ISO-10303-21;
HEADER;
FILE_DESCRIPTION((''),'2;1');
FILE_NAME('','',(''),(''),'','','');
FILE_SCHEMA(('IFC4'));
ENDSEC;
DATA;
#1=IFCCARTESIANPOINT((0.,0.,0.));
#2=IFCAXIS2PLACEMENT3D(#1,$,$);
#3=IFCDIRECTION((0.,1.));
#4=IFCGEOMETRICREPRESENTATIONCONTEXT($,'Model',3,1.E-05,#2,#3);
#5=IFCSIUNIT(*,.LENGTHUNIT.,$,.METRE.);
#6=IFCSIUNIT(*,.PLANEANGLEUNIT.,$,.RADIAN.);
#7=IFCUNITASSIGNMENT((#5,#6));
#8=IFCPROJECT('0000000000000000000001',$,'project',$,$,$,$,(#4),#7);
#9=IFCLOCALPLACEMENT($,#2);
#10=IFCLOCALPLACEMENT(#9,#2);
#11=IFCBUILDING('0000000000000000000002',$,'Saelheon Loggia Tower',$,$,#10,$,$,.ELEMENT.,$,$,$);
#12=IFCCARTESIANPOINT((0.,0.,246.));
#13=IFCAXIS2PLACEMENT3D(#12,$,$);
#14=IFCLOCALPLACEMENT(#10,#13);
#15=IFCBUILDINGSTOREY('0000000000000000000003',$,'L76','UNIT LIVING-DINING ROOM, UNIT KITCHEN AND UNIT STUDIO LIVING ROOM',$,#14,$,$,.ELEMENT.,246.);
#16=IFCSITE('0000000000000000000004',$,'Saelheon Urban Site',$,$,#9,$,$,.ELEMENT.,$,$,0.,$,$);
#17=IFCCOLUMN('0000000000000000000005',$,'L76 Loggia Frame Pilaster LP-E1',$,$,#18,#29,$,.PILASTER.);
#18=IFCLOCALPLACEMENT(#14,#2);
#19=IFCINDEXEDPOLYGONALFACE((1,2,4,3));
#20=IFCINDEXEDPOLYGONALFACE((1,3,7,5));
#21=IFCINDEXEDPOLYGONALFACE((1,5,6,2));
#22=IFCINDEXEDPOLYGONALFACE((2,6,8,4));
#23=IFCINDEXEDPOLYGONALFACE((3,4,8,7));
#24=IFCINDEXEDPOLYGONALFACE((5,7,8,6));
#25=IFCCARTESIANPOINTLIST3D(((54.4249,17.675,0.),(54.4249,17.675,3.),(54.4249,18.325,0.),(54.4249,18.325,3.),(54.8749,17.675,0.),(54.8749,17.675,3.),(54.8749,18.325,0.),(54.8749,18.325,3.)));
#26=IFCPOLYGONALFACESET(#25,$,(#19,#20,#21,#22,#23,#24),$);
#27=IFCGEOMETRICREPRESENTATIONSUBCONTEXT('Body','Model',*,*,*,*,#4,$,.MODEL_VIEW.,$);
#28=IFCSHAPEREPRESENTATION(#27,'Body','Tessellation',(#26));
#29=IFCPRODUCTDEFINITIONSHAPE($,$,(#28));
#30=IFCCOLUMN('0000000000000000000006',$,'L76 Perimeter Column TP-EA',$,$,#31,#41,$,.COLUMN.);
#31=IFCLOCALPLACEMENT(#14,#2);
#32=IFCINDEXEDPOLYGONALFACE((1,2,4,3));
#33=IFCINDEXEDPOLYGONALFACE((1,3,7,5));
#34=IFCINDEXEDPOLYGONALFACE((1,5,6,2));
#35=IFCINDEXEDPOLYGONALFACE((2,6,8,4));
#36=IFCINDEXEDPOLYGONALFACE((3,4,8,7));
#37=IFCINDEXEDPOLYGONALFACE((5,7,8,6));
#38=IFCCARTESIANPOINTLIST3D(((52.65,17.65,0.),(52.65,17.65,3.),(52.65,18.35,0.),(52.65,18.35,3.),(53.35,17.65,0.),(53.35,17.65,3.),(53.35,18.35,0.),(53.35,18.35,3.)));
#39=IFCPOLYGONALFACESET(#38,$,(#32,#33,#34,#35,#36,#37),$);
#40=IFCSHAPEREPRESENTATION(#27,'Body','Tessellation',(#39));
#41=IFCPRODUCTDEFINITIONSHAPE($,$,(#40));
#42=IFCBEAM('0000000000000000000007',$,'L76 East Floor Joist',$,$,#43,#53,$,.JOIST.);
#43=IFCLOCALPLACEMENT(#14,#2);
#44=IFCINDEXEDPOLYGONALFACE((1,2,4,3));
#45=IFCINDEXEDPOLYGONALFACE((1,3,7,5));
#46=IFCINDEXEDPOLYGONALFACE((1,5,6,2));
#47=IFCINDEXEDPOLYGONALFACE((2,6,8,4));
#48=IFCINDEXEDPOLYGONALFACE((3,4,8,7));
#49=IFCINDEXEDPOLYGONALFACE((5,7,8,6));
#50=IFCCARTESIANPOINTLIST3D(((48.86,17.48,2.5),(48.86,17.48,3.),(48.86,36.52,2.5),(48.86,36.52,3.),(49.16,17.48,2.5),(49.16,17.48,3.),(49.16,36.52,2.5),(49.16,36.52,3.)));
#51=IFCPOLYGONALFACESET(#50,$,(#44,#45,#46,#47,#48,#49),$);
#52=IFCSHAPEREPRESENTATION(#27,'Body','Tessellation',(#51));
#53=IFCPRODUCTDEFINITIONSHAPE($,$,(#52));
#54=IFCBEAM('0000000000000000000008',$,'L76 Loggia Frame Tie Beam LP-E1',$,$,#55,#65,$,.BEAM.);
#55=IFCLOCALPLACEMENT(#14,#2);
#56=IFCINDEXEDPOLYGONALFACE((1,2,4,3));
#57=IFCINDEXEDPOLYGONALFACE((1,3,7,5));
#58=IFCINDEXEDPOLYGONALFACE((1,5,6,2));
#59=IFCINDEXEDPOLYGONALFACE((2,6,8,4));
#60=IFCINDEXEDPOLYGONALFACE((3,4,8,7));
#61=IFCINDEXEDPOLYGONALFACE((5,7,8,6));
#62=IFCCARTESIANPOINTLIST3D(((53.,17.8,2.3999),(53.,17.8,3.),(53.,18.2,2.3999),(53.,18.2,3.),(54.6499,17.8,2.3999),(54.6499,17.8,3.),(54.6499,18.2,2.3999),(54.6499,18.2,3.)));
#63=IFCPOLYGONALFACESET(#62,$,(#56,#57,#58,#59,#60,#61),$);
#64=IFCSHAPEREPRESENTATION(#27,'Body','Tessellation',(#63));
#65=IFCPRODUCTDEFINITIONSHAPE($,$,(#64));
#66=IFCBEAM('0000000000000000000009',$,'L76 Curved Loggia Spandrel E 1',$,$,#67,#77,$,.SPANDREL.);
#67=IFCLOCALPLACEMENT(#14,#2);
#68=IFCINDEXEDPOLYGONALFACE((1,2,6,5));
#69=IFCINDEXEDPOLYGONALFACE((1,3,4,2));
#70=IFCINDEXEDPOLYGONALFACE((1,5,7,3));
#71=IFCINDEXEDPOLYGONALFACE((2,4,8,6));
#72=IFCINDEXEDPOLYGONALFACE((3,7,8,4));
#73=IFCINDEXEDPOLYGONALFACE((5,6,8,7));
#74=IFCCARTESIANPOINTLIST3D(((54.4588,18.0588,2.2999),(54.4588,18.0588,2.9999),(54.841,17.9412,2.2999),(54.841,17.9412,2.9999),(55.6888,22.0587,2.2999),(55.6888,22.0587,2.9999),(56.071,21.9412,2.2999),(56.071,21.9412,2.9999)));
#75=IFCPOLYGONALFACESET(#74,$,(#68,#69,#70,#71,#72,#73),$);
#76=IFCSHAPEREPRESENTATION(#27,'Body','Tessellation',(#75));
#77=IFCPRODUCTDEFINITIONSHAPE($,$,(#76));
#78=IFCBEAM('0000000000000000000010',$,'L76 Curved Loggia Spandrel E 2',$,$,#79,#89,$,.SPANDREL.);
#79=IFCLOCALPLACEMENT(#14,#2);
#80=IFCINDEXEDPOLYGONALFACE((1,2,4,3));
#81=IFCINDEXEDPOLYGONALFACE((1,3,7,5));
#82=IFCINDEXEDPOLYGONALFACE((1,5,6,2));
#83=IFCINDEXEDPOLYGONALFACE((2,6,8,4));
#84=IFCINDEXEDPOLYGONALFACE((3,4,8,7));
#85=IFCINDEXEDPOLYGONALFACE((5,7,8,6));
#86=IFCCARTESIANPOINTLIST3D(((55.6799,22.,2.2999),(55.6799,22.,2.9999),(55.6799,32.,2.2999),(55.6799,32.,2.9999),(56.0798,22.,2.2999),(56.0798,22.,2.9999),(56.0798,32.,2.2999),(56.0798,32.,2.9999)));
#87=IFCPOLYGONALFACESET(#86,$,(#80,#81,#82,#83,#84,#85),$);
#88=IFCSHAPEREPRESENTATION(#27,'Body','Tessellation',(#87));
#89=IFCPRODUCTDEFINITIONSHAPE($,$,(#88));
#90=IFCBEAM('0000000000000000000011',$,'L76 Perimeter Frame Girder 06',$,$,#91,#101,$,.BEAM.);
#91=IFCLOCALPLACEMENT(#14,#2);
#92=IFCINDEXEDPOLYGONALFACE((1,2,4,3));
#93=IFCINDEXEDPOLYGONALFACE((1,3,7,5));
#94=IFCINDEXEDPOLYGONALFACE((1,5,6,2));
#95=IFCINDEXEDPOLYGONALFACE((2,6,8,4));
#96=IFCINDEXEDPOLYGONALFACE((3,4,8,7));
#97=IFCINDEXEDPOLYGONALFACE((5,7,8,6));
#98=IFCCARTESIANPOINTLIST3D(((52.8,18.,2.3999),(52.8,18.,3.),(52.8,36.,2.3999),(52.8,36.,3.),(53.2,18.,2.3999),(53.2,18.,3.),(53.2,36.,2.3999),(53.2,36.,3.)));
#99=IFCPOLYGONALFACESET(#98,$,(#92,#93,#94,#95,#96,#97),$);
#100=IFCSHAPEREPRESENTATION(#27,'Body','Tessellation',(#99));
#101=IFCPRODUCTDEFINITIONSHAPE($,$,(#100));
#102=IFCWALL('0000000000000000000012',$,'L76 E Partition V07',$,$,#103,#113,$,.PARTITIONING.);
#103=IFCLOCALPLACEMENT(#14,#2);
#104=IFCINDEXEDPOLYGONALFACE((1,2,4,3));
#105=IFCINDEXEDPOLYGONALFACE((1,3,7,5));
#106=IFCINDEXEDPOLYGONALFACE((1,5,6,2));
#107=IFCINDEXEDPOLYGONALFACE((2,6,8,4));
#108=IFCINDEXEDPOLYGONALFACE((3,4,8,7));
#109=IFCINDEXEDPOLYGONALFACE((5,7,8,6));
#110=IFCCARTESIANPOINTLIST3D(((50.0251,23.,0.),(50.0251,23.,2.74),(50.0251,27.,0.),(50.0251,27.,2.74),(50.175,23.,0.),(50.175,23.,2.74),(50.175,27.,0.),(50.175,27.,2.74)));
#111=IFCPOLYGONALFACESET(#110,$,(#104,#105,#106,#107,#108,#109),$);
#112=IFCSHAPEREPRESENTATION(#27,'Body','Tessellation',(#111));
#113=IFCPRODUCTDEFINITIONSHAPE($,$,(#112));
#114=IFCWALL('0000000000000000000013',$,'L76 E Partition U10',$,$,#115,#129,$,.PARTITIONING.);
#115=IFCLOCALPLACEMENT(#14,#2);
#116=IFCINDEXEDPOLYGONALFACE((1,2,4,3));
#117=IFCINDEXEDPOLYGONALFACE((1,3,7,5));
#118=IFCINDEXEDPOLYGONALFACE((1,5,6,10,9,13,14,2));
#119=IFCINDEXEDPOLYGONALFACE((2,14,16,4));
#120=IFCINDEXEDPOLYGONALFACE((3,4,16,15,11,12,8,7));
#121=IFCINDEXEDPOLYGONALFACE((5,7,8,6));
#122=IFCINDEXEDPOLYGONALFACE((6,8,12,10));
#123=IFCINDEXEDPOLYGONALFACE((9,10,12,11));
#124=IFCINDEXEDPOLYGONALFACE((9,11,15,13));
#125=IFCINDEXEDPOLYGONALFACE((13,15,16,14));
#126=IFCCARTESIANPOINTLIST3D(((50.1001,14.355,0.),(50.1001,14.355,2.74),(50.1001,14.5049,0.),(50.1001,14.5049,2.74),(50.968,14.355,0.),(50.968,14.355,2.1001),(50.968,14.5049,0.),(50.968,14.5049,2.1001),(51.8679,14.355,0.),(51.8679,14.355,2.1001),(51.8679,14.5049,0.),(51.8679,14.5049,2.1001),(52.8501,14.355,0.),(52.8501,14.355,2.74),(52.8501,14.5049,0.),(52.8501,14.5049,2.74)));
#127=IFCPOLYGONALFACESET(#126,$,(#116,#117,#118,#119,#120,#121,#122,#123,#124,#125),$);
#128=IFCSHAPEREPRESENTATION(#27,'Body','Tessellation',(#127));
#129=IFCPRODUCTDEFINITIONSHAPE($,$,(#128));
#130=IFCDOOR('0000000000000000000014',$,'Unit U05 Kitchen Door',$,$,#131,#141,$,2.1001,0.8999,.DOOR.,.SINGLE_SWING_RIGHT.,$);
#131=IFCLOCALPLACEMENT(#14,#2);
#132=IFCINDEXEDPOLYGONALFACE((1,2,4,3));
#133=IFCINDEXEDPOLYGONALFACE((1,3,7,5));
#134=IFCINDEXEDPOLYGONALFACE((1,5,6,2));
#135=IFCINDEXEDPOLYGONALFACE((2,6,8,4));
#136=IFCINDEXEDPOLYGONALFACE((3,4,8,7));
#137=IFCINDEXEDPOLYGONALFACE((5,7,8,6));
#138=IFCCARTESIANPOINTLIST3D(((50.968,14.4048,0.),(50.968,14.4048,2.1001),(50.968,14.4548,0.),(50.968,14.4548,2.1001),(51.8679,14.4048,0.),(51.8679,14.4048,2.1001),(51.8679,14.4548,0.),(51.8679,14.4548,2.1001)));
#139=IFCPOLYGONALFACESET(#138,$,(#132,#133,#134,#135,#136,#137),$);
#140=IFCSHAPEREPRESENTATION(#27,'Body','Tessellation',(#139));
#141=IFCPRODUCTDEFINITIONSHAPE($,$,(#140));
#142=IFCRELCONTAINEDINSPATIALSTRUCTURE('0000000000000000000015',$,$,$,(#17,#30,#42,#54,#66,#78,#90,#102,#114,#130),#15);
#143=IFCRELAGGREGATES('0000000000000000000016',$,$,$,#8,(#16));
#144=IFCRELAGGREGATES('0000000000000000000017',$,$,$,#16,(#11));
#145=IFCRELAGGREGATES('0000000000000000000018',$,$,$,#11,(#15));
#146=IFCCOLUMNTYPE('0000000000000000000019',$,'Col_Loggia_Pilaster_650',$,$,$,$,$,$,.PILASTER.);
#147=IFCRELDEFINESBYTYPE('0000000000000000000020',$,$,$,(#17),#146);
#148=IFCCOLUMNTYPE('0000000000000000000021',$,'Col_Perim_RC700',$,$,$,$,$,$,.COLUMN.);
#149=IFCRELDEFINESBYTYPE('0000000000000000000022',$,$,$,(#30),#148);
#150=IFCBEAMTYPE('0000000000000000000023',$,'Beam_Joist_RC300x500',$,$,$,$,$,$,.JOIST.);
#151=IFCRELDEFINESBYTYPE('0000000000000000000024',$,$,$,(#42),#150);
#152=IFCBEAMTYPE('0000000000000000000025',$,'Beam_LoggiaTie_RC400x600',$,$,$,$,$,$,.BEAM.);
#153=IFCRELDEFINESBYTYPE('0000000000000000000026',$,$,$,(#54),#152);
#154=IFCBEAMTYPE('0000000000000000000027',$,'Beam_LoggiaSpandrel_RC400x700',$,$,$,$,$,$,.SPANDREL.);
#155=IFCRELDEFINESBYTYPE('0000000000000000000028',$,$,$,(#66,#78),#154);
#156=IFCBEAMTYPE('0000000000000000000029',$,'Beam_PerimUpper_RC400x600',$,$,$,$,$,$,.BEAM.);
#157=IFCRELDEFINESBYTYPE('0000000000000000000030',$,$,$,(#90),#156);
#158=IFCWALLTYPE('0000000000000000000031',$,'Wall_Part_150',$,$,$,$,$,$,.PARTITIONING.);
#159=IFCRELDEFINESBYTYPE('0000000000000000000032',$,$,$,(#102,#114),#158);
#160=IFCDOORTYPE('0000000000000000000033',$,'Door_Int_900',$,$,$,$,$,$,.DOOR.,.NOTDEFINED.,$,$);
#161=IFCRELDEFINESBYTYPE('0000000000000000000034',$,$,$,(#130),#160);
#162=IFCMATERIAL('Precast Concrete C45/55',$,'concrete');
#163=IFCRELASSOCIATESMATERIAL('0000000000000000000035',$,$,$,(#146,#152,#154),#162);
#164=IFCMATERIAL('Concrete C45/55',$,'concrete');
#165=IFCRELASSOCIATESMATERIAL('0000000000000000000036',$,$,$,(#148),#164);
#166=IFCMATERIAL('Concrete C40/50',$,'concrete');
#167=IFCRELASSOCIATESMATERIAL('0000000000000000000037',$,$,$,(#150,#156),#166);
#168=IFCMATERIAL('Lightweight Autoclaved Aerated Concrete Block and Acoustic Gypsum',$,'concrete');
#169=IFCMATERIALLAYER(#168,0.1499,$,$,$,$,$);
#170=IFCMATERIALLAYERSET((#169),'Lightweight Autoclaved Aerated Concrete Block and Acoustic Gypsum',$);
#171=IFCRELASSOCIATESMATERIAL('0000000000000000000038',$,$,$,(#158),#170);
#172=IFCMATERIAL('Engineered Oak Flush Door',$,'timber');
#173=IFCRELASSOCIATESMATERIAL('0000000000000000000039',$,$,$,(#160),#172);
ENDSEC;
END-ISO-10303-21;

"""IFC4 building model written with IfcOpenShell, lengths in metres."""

from ifc_helpers import new_model, si_unit, direction, frame, frame_2d, origin, origin_2d, place, context, subcontext, project, spatial, rectangle, extrude, source, transform, mapped, material, layer, layer_set, material_profile, profile_set, type_object, element, fill, save


model = new_model("IFC4")

# Units and contexts
model_context = context("Model", 3, precision=1e-05, world=origin(), true_north=direction((0.0, 1.0)))
body_context = subcontext(model_context, "Body", "Model", "MODEL_VIEW")
ifc_project = project(units=[si_unit("LENGTHUNIT", "METRE"), si_unit("PLANEANGLEUNIT", "RADIAN")], contexts=[model_context])

# Site, building, storey
site_placement = place(None, origin())
site = spatial("IfcSite", under=ifc_project, at=site_placement, Name="Saelheon Urban Site", CompositionType="ELEMENT", RefElevation=0.0)
building_placement = place(site_placement, origin())
building = spatial("IfcBuilding", under=site, at=building_placement, Name="Saelheon Loggia Tower", CompositionType="ELEMENT")
storey_placement = place(building_placement, frame((0.0, 0.0, 246.0)))
storey = spatial("IfcBuildingStorey", under=building, at=storey_placement, Name="L76", Description="UNIT LIVING-DINING ROOM, UNIT KITCHEN AND UNIT STUDIO LIVING ROOM", CompositionType="ELEMENT", Elevation=246.0)

# Columns
ifc_material_1 = material(Name="Precast Concrete C45/55", Category="concrete")
ifc_material_profile_1 = material_profile(ifc_material_1, rectangle(XDim=0.45, YDim=0.6499, at=origin_2d()), Name="RC-450x650")
ifc_profile_set_1 = profile_set([ifc_material_profile_1], Name="Precast Concrete C45/55")
column_type_1 = type_object("IfcColumnType", Name="Col_Loggia_Pilaster_650", PredefinedType="PILASTER", material=ifc_profile_set_1)
shared_shape_1 = source(origin(), body_context, "Body", "SweptSolid", [
    extrude(rectangle(XDim=0.45, YDim=0.6499, at=origin_2d()), origin(), (0.0, 0.0, 1.0), 3.0),
])
column_1_placement = place(storey_placement, frame((54.6499, 18.0, 0.0), z_axis=(0.0, 0.0, 1.0), x_axis=(1.0, 0.0, 0.0)))
element("IfcColumn", 1, at=column_1_placement, inside=storey, type_object=column_type_1, Name="L76 Loggia Frame Pilaster LP-E1", PredefinedType="PILASTER", context=body_context, shape_type="MappedRepresentation", body=[
    mapped(shared_shape_1, transform((0.0, 0.0, 0.0), scale=1.0)),
])
ifc_material_2 = material(Name="Concrete C45/55", Category="concrete")
ifc_material_profile_2 = material_profile(ifc_material_2, rectangle(XDim=0.7, YDim=0.7, at=origin_2d()), Name="RC-700x700")
ifc_profile_set_2 = profile_set([ifc_material_profile_2], Name="Concrete C45/55")
column_type_2 = type_object("IfcColumnType", Name="Col_Perim_RC700", PredefinedType="COLUMN", material=ifc_profile_set_2)
shared_shape_2 = source(origin(), body_context, "Body", "SweptSolid", [
    extrude(rectangle(XDim=0.7, YDim=0.7, at=origin_2d()), origin(), (0.0, 0.0, 1.0), 3.0),
])
column_2_placement = place(storey_placement, frame((53.0, 18.0, 0.0), z_axis=(0.0, 0.0, 1.0), x_axis=(1.0, 0.0, 0.0)))
element("IfcColumn", 2, at=column_2_placement, inside=storey, type_object=column_type_2, Name="L76 Perimeter Column TP-EA", PredefinedType="COLUMN", context=body_context, shape_type="MappedRepresentation", body=[
    mapped(shared_shape_2, transform((0.0, 0.0, 0.0), scale=1.0)),
])

# Beams
ifc_material_3 = material(Name="Concrete C40/50", Category="concrete")
ifc_material_profile_3 = material_profile(ifc_material_3, rectangle(XDim=0.3, YDim=0.5, at=origin_2d()), Name="RC-300x500")
ifc_profile_set_3 = profile_set([ifc_material_profile_3], Name="Concrete C40/50")
beam_type_1 = type_object("IfcBeamType", Name="Beam_Joist_RC300x500", PredefinedType="JOIST", material=ifc_profile_set_3)
shared_shape_3 = source(origin(), body_context, "Body", "SweptSolid", [
    extrude(rectangle(XDim=0.3, YDim=0.5, at=origin_2d()), origin(), (0.0, 0.0, 1.0), 19.04),
])
beam_1_placement = place(storey_placement, frame((49.01, 17.48, 2.75), z_axis=(0.0, 1.0, 0.0), x_axis=(-1.0, 0.0, 0.0)))
element("IfcBeam", 3, at=beam_1_placement, inside=storey, type_object=beam_type_1, Name="L76 East Floor Joist", PredefinedType="JOIST", context=body_context, shape_type="MappedRepresentation", body=[
    mapped(shared_shape_3, transform((0.0, 0.0, 0.0), scale=1.0)),
])
ifc_material_profile_4 = material_profile(ifc_material_1, rectangle(XDim=0.3999, YDim=0.6001, at=origin_2d()), Name="RC-400x600")
ifc_profile_set_4 = profile_set([ifc_material_profile_4], Name="Precast Concrete C45/55")
beam_type_2 = type_object("IfcBeamType", Name="Beam_LoggiaTie_RC400x600", PredefinedType="BEAM", material=ifc_profile_set_4)
shared_shape_4 = source(origin(), body_context, "Body", "SweptSolid", [
    extrude(rectangle(XDim=0.3999, YDim=0.6001, at=origin_2d()), origin(), (0.0, 0.0, 1.0), 1.6499),
])
beam_2_placement = place(storey_placement, frame((53.0, 18.0, 2.7), z_axis=(1.0, 0.0, 0.0), x_axis=(0.0, 1.0, 0.0)))
element("IfcBeam", 4, at=beam_2_placement, inside=storey, type_object=beam_type_2, Name="L76 Loggia Frame Tie Beam LP-E1", PredefinedType="BEAM", context=body_context, shape_type="MappedRepresentation", body=[
    mapped(shared_shape_4, transform((0.0, 0.0, 0.0), scale=1.0)),
])
ifc_material_profile_5 = material_profile(ifc_material_1, rectangle(XDim=0.3999, YDim=0.7, at=origin_2d()), Name="RC-400x700")
ifc_profile_set_5 = profile_set([ifc_material_profile_5], Name="Precast Concrete C45/55")
beam_type_3 = type_object("IfcBeamType", Name="Beam_LoggiaSpandrel_RC400x700", PredefinedType="SPANDREL", material=ifc_profile_set_5)
shared_shape_5 = source(origin(), body_context, "Body", "SweptSolid", [
    extrude(rectangle(XDim=0.3999, YDim=0.7, at=origin_2d()), origin(), (0.0, 0.0, 1.0), 4.1848),
])
beam_3_placement = place(storey_placement, frame((54.6499, 18.0, 2.6499), z_axis=(0.293914, 0.955832, 0.0), x_axis=(-0.955832, 0.293914, 0.0)))
element("IfcBeam", 5, at=beam_3_placement, inside=storey, type_object=beam_type_3, Name="L76 Curved Loggia Spandrel E 1", PredefinedType="SPANDREL", context=body_context, shape_type="MappedRepresentation", body=[
    mapped(shared_shape_5, transform((0.0, 0.0, 0.0), scale=1.0)),
])
shared_shape_6 = source(origin(), body_context, "Body", "SweptSolid", [
    extrude(rectangle(XDim=0.3999, YDim=0.7, at=origin_2d()), origin(), (0.0, 0.0, 1.0), 10.0),
])
beam_4_placement = place(storey_placement, frame((55.8799, 22.0, 2.6499), z_axis=(0.0, 1.0, 0.0), x_axis=(-1.0, 0.0, 0.0)))
element("IfcBeam", 6, at=beam_4_placement, inside=storey, type_object=beam_type_3, Name="L76 Curved Loggia Spandrel E 2", PredefinedType="SPANDREL", context=body_context, shape_type="MappedRepresentation", body=[
    mapped(shared_shape_6, transform((0.0, 0.0, 0.0), scale=1.0)),
])
ifc_material_profile_6 = material_profile(ifc_material_3, rectangle(XDim=0.3999, YDim=0.6001, at=origin_2d()), Name="RC-400x600")
ifc_profile_set_6 = profile_set([ifc_material_profile_6], Name="Concrete C40/50")
beam_type_4 = type_object("IfcBeamType", Name="Beam_PerimUpper_RC400x600", PredefinedType="BEAM", material=ifc_profile_set_6)
shared_shape_7 = source(origin(), body_context, "Body", "SweptSolid", [
    extrude(rectangle(XDim=0.3999, YDim=0.6001, at=origin_2d()), origin(), (0.0, 0.0, 1.0), 18.0),
])
beam_5_placement = place(storey_placement, frame((53.0, 18.0, 2.7), z_axis=(0.0, 1.0, 0.0), x_axis=(-1.0, 0.0, 0.0)))
element("IfcBeam", 7, at=beam_5_placement, inside=storey, type_object=beam_type_4, Name="L76 Perimeter Frame Girder 06", PredefinedType="BEAM", context=body_context, shape_type="MappedRepresentation", body=[
    mapped(shared_shape_7, transform((0.0, 0.0, 0.0), scale=1.0)),
])

# Wall
ifc_material_4 = material(Name="Lightweight Autoclaved Aerated Concrete Block and Acoustic Gypsum", Category="concrete")
ifc_layer_1 = layer(ifc_material_4, 0.1499)
ifc_layer_set_1 = layer_set([ifc_layer_1], Name="Lightweight Autoclaved Aerated Concrete Block and Acoustic Gypsum")
wall_type_1 = type_object("IfcWallType", Name="Wall_Part_150", PredefinedType="PARTITIONING", material=ifc_layer_set_1)
wall_1_placement = place(storey_placement, frame((50.1001, 23.0, 0.0), z_axis=(0.0, 0.0, 1.0), x_axis=(0.0, 1.0, 0.0)))
element("IfcWall", 8, at=wall_1_placement, inside=storey, type_object=wall_type_1, Name="L76 E Partition V07", PredefinedType="PARTITIONING", context=body_context, shape_type="SweptSolid", body=[
    extrude(rectangle(XDim=4.0, YDim=0.1499, at=frame_2d((2.0, 0.0))), origin(), (0.0, 0.0, 1.0), 2.74),
])

# Wall, opening, door
wall_2_placement = place(storey_placement, frame((50.1001, 14.4299, 0.0), z_axis=(0.0, 0.0, 1.0), x_axis=(1.0, 0.0, 0.0)))
wall_2 = element("IfcWall", 9, at=wall_2_placement, inside=storey, type_object=wall_type_1, Name="L76 E Partition U10", PredefinedType="PARTITIONING", context=body_context, shape_type="SweptSolid", body=[
    extrude(rectangle(XDim=2.75, YDim=0.1499, at=frame_2d((1.375, 0.0))), origin(), (0.0, 0.0, 1.0), 2.74),
])
opening_1_placement = place(wall_2_placement, frame((0.8679, 0.0, 0.0)))
opening_1 = element("IfcOpeningElement", 10, at=opening_1_placement, cuts=wall_2, PredefinedType="OPENING", context=body_context, shape_type="SweptSolid", body=[
    extrude(rectangle(XDim=0.8999, YDim=2.1001, at=frame_2d((0.45, 1.05))), frame((0.0, 0.0869, 0.0), z_axis=(0.0, -1.0, 0.0), x_axis=(1.0, 0.0, 0.0)), (0.0, 0.0, 1.0), 0.1738),
])
ifc_material_5 = material(Name="Engineered Oak Flush Door", Category="timber")
door_type = type_object("IfcDoorType", Name="Door_Int_900", OperationType="NOTDEFINED", PredefinedType="DOOR", material=ifc_material_5)
shared_shape_8 = source(origin(), body_context, "Body", "SweptSolid", [
    extrude(rectangle(XDim=0.8999, YDim=2.1001, at=frame_2d((0.45, 1.05))), frame((0.0, 0.0249, 0.0), z_axis=(0.0, -1.0, 0.0), x_axis=(1.0, 0.0, 0.0)), (0.0, 0.0, 1.0), 0.05),
])
door_1_placement = place(opening_1_placement, origin())
door_1 = element("IfcDoor", 11, at=door_1_placement, inside=storey, type_object=door_type, Name="Unit U05 Kitchen Door", OperationType="SINGLE_SWING_RIGHT", OverallHeight=2.1001, OverallWidth=0.8999, PredefinedType="DOOR", context=body_context, shape_type="MappedRepresentation", body=[
    mapped(shared_shape_8, transform((0.0, 0.0, 0.0), scale=1.0)),
])
fill(opening_1, door_1)

save(model, "model.ifc")
